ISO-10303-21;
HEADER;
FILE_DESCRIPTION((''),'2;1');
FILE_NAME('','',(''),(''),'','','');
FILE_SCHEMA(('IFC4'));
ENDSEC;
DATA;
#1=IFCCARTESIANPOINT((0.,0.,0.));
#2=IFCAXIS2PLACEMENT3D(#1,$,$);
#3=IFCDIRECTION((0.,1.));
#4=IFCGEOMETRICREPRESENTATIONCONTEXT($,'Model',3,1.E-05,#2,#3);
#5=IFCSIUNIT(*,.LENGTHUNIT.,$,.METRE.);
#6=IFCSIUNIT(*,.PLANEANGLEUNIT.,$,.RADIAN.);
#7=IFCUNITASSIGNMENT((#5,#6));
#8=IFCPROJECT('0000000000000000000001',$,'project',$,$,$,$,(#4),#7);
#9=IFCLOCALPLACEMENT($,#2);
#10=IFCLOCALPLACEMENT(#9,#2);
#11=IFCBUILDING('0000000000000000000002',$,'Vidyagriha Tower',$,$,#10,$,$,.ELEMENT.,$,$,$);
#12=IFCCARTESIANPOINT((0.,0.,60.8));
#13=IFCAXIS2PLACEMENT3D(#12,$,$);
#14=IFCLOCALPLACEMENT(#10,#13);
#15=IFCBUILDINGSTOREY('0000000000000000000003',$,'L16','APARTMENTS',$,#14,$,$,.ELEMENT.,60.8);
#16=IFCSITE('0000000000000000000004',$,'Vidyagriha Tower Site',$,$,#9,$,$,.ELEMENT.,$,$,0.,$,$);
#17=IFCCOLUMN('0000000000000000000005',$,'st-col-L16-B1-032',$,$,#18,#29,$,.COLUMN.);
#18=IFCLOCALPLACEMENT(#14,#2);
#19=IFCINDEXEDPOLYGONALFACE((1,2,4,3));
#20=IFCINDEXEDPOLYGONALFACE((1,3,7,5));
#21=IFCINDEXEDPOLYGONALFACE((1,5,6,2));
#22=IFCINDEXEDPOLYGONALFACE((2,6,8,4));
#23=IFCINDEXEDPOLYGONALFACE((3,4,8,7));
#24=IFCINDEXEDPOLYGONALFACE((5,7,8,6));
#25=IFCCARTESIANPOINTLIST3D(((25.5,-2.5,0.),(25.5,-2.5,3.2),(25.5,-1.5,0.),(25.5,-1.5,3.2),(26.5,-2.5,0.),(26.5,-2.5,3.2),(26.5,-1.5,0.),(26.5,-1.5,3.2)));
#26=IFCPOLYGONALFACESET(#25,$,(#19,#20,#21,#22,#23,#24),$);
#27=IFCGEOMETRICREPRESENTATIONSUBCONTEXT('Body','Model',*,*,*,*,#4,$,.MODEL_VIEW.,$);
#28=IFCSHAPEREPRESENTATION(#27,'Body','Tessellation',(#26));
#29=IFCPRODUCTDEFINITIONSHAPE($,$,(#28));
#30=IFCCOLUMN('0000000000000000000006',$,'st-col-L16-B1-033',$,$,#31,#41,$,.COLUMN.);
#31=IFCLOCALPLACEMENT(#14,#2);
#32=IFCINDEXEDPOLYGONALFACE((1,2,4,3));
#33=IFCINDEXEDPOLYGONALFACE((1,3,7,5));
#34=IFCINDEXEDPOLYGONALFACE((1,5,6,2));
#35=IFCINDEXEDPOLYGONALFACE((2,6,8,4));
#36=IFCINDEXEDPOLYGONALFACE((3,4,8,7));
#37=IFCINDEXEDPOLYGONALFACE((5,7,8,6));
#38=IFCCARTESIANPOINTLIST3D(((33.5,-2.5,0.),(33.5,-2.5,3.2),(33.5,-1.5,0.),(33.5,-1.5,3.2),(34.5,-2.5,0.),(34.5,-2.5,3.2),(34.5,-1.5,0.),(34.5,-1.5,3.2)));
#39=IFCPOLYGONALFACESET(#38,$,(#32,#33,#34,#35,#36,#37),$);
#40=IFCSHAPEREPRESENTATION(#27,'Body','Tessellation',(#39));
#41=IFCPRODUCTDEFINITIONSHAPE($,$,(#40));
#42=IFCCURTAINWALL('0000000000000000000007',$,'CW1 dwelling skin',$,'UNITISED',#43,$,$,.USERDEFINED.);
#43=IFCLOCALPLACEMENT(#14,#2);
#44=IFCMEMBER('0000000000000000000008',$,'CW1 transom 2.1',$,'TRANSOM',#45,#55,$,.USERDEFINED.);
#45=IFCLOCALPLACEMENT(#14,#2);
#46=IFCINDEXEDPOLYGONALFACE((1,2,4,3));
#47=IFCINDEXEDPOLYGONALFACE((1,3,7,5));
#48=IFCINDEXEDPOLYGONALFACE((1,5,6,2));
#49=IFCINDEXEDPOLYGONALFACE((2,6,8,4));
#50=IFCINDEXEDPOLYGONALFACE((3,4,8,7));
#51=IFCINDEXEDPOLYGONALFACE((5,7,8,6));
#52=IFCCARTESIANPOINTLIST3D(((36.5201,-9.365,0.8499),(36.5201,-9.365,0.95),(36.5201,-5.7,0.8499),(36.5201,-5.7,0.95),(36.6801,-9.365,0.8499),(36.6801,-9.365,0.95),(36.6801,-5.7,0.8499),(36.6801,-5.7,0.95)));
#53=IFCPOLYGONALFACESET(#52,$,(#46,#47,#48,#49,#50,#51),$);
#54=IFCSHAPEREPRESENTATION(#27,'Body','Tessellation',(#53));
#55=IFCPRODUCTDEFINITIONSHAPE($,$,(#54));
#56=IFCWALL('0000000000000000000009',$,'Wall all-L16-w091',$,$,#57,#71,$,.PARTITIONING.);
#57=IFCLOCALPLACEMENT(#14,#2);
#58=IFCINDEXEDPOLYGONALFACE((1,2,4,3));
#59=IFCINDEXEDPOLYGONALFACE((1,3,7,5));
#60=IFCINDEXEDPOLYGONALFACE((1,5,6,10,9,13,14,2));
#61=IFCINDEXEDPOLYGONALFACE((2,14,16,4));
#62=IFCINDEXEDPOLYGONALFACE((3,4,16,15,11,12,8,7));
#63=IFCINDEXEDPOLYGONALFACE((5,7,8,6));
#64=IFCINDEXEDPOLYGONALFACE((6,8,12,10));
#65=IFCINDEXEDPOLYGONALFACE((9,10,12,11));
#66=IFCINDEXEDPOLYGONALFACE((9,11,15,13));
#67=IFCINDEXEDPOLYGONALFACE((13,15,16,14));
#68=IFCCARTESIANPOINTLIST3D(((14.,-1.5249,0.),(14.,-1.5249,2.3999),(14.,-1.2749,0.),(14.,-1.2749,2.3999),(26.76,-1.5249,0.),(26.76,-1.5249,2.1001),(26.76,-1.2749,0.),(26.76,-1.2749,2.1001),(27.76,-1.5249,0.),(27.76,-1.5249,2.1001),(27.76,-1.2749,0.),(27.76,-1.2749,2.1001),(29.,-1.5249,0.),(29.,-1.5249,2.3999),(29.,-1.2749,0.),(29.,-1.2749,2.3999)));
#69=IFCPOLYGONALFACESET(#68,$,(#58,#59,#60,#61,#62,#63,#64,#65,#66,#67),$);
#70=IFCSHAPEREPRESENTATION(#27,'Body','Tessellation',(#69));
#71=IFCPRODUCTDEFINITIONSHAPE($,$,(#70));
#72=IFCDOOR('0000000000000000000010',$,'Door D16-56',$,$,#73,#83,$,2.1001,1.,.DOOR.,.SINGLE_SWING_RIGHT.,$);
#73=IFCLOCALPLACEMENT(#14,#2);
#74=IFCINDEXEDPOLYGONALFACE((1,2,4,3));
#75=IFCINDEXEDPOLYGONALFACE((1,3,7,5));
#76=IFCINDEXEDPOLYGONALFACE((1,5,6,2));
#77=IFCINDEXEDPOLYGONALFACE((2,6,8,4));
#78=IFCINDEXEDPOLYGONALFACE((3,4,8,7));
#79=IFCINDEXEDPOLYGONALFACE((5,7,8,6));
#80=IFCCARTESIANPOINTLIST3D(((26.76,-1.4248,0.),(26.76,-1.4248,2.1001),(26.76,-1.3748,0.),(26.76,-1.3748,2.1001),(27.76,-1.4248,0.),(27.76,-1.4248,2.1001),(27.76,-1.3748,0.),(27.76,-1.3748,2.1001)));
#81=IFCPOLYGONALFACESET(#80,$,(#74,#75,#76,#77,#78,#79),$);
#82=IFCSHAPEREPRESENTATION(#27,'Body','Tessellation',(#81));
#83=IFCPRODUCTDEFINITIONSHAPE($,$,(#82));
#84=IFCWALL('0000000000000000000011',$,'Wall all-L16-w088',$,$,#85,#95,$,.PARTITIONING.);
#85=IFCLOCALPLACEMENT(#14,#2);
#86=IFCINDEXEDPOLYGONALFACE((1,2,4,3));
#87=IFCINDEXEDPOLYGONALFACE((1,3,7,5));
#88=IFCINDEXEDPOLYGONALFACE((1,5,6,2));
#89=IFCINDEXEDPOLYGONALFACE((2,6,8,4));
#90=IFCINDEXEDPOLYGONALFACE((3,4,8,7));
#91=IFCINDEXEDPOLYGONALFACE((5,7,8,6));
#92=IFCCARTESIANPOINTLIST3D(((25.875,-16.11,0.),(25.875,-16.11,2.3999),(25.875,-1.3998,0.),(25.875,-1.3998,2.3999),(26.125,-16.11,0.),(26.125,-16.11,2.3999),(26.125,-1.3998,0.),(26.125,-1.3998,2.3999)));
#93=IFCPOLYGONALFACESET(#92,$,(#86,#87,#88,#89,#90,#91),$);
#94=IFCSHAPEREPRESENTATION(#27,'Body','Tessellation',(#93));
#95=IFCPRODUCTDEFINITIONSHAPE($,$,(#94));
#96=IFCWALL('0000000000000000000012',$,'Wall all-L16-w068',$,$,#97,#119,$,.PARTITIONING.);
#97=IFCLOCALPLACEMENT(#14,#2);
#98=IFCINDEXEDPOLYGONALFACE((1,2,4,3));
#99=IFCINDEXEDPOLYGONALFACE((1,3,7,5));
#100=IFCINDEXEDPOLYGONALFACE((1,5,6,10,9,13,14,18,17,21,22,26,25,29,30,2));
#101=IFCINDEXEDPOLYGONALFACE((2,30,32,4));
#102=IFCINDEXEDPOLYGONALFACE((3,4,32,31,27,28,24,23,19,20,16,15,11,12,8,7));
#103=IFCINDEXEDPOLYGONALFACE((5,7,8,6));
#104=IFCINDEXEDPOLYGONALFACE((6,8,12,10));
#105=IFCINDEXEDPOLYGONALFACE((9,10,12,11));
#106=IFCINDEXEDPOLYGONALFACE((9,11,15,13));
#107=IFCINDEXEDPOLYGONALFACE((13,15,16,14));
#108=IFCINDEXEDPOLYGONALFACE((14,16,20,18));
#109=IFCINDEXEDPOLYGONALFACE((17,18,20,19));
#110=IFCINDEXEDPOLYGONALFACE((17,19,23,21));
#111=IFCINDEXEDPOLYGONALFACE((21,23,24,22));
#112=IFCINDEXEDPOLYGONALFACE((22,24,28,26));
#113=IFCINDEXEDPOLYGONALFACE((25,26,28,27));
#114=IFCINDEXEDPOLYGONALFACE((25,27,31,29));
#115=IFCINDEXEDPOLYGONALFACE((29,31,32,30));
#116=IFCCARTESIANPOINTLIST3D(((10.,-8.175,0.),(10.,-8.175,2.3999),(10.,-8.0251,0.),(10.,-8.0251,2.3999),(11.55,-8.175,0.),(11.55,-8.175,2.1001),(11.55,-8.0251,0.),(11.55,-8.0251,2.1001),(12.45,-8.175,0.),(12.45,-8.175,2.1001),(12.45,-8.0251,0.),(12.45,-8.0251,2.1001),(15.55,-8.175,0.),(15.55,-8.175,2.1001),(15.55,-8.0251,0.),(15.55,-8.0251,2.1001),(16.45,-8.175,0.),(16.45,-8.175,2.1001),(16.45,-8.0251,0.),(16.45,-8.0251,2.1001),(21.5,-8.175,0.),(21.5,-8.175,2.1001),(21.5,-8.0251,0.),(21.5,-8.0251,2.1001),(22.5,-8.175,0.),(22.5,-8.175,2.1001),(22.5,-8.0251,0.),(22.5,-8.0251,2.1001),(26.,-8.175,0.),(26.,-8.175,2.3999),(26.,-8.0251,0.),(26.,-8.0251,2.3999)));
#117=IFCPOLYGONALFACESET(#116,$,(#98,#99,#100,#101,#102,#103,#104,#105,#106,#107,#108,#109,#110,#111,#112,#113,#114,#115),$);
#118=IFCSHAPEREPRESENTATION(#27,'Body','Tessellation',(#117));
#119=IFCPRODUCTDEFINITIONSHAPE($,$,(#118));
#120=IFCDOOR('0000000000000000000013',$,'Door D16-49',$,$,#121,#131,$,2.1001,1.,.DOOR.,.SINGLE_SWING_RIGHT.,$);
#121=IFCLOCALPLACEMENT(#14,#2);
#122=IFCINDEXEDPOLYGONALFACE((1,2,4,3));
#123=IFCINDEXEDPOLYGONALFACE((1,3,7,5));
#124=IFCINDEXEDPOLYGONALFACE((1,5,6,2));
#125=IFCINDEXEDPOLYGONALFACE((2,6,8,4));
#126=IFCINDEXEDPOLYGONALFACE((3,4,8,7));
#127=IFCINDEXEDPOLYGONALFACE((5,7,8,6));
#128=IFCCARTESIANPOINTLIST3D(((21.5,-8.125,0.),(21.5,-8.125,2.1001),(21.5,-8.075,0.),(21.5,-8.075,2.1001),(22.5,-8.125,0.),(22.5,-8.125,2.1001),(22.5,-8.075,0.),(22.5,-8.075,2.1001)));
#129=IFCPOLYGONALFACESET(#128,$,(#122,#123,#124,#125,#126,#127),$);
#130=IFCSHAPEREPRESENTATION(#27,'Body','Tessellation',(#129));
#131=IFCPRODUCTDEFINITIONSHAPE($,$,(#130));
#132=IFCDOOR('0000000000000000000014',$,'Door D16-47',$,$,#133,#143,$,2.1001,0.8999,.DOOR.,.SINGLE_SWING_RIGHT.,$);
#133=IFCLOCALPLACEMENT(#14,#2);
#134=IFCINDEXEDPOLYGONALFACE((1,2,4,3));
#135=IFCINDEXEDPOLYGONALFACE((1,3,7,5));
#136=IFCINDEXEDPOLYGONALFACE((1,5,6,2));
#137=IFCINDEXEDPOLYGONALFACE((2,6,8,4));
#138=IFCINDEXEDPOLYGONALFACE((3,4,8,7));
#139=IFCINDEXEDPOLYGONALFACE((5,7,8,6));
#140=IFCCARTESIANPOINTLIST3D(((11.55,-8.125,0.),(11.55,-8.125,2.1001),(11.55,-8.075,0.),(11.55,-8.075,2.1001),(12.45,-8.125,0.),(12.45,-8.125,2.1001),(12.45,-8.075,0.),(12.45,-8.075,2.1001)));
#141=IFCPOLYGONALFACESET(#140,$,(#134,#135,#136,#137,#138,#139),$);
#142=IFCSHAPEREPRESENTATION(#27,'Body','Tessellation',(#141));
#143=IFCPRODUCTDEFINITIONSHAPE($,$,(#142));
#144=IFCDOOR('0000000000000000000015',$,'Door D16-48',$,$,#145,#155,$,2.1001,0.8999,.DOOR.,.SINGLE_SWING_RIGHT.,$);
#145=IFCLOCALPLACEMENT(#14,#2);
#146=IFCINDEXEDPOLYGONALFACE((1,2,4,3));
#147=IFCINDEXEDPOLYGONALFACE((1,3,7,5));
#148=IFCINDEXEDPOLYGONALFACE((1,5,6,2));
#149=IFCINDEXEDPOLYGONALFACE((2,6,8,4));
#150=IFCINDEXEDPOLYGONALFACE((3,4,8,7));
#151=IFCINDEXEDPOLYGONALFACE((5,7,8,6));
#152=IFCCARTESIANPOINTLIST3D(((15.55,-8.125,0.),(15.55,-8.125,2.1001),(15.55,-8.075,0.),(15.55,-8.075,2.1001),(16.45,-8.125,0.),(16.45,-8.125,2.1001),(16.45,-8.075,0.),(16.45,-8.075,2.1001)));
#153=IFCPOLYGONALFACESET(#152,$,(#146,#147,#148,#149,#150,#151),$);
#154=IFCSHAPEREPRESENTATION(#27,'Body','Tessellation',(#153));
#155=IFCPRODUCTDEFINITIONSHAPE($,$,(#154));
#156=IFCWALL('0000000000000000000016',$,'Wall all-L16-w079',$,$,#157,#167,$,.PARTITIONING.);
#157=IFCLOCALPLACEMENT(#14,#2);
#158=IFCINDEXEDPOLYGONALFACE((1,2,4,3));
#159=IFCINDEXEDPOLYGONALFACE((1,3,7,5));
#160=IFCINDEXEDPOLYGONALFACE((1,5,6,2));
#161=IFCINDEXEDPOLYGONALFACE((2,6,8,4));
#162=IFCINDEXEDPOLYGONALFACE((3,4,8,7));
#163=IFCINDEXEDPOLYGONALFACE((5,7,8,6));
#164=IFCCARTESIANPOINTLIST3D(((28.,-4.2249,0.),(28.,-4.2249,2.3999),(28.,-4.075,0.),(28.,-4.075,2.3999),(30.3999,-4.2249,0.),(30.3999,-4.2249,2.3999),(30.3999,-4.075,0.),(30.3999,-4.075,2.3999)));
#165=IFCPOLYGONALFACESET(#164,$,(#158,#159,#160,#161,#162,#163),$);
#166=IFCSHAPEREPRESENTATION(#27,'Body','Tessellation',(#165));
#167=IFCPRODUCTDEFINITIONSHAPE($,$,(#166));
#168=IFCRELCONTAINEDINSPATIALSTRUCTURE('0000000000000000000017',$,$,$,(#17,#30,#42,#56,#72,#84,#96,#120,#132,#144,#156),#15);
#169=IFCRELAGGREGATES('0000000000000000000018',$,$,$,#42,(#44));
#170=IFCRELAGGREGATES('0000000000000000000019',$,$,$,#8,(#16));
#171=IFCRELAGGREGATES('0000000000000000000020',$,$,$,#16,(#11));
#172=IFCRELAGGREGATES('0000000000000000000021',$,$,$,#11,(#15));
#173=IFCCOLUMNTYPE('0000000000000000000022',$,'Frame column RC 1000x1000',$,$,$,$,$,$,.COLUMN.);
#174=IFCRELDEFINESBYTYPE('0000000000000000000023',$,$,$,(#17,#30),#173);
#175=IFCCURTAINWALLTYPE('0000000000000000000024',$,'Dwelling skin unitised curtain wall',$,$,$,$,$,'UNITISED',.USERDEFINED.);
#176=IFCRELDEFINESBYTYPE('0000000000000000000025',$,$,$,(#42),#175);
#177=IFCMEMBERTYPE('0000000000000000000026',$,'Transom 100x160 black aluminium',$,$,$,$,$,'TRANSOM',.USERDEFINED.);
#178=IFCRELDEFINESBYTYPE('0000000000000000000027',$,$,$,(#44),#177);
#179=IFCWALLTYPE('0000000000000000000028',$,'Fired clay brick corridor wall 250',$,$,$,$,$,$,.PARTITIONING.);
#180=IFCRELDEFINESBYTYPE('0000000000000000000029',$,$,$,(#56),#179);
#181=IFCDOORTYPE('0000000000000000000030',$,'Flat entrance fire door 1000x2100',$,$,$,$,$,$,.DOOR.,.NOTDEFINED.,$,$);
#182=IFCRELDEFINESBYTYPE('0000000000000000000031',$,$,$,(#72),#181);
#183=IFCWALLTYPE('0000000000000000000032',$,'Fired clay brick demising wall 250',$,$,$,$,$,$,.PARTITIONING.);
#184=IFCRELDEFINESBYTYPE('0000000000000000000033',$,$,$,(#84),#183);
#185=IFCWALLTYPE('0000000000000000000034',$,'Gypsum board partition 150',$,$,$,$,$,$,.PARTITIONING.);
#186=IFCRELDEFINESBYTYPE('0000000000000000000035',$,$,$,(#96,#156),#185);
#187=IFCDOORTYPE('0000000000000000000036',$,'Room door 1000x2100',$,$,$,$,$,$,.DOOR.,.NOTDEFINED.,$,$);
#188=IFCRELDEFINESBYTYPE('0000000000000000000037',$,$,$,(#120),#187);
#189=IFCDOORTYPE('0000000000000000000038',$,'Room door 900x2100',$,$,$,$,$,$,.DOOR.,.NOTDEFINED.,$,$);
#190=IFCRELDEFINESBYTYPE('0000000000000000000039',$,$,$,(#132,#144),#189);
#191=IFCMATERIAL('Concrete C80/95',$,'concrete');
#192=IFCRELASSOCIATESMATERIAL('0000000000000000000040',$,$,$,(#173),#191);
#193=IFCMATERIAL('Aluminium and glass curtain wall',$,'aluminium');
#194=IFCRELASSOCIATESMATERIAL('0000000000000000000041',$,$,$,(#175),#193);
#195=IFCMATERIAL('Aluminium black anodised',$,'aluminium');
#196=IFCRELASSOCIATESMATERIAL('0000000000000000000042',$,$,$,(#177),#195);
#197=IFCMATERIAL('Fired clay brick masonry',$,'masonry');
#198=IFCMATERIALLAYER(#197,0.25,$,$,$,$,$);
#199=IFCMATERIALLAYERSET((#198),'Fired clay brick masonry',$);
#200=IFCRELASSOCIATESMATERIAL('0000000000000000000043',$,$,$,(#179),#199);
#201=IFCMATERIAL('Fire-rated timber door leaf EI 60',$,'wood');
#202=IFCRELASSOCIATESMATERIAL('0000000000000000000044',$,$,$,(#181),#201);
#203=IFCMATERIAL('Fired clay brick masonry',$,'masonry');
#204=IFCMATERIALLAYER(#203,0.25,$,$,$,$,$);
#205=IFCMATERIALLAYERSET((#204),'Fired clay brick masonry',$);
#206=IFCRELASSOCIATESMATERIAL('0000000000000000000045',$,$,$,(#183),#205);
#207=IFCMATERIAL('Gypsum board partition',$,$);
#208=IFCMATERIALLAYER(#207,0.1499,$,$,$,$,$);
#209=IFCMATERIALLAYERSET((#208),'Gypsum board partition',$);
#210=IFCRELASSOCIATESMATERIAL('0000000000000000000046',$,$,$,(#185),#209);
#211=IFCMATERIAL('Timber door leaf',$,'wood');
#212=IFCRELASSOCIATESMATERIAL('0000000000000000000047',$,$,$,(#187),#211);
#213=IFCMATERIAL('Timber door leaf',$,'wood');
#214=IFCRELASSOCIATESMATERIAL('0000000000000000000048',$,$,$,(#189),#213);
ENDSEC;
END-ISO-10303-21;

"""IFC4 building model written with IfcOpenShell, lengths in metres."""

from ifc_helpers import new_model, si_unit, direction, frame, frame_2d, origin, origin_2d, place, context, subcontext, project, spatial, rectangle, extrude, material, layer, layer_set, material_profile, profile_set, type_object, element, fill, aggregate, save


model = new_model("IFC4")

# Units and contexts
model_context = context("Model", 3, precision=1e-05, world=origin(), true_north=direction((0.0, 1.0)))
body_context = subcontext(model_context, "Body", "Model", "MODEL_VIEW")
ifc_project = project(units=[si_unit("LENGTHUNIT", "METRE"), si_unit("PLANEANGLEUNIT", "RADIAN")], contexts=[model_context])

# Site, building, storey
site_placement = place(None, origin())
site = spatial("IfcSite", under=ifc_project, at=site_placement, Name="Vidyagriha Tower Site", CompositionType="ELEMENT", RefElevation=0.0)
building_placement = place(site_placement, origin())
building = spatial("IfcBuilding", under=site, at=building_placement, Name="Vidyagriha Tower", CompositionType="ELEMENT")
storey_placement = place(building_placement, frame((0.0, 0.0, 60.8)))
storey = spatial("IfcBuildingStorey", under=building, at=storey_placement, Name="L16", Description="APARTMENTS", CompositionType="ELEMENT", Elevation=60.8)

# Columns
ifc_material_1 = material(Name="Concrete C80/95", Category="concrete")
ifc_material_profile_1 = material_profile(ifc_material_1, rectangle(XDim=1.0, YDim=1.0, at=origin_2d()), Name="RC 1000x1000")
ifc_profile_set_1 = profile_set([ifc_material_profile_1], Name="Concrete C80/95")
column_type = type_object("IfcColumnType", Name="Frame column RC 1000x1000", PredefinedType="COLUMN", material=ifc_profile_set_1)
for number, where, name in (
    (1, (26.0, -2.0, 0.0), "st-col-L16-B1-032"),
    (2, (34.0, -2.0, 0.0), "st-col-L16-B1-033"),
):
    element("IfcColumn", number, at=place(storey_placement, frame(where)), inside=storey, type_object=column_type, Name=name, PredefinedType="COLUMN", context=body_context, shape_type="SweptSolid", body=[
        extrude(rectangle(XDim=1.0, YDim=1.0, at=origin_2d()), origin(), (0.0, 0.0, 1.0), 3.2),
    ])

# Curtain wall, member
ifc_material_2 = material(Name="Aluminium and glass curtain wall", Category="aluminium")
curtain_wall_type = type_object("IfcCurtainWallType", Name="Dwelling skin unitised curtain wall", ElementType="UNITISED", PredefinedType="USERDEFINED", material=ifc_material_2)
curtain_wall_placement = place(storey_placement, origin())
curtain_wall = element("IfcCurtainWall", 3, at=curtain_wall_placement, inside=storey, type_object=curtain_wall_type, Name="CW1 dwelling skin", ObjectType="UNITISED", PredefinedType="USERDEFINED")
ifc_material_3 = material(Name="Aluminium black anodised", Category="aluminium")
ifc_material_profile_2 = material_profile(ifc_material_3, rectangle(XDim=0.1599, YDim=0.1001, at=origin_2d()), Name="Transom 100x160 black aluminium")
ifc_profile_set_2 = profile_set([ifc_material_profile_2], Name="Aluminium black anodised")
member_type = type_object("IfcMemberType", Name="Transom 100x160 black aluminium", ElementType="TRANSOM", PredefinedType="USERDEFINED", material=ifc_profile_set_2)
member_placement = place(storey_placement, frame((36.6001, -9.365, 0.8999), z_axis=(0.0, 1.0, 0.0), x_axis=(-1.0, 0.0, 0.0)))
member = element("IfcMember", 4, at=member_placement, type_object=member_type, Name="CW1 transom 2.1", ObjectType="TRANSOM", PredefinedType="USERDEFINED", context=body_context, shape_type="SweptSolid", body=[
    extrude(rectangle(XDim=0.1599, YDim=0.1001, at=origin_2d()), origin(), (0.0, 0.0, 1.0), 3.665),
])
aggregate(curtain_wall, [member])

# Wall, opening, door
ifc_material_4 = material(Name="Fired clay brick masonry", Category="masonry")
ifc_layer_1 = layer(ifc_material_4, 0.25)
ifc_layer_set_1 = layer_set([ifc_layer_1], Name="Fired clay brick masonry")
wall_type_1 = type_object("IfcWallType", Name="Fired clay brick corridor wall 250", PredefinedType="PARTITIONING", material=ifc_layer_set_1)
wall_1_placement = place(storey_placement, frame((29.0, -1.3999, 0.0), z_axis=(0.0, 0.0, 1.0), x_axis=(-1.0, 0.0, 0.0)))
wall_1 = element("IfcWall", 5, at=wall_1_placement, inside=storey, type_object=wall_type_1, Name="Wall all-L16-w091", PredefinedType="PARTITIONING", context=body_context, shape_type="SweptSolid", body=[
    extrude(rectangle(XDim=15.0, YDim=0.25, at=frame_2d((7.5, 0.0))), origin(), (0.0, 0.0, 1.0), 2.3999),
])
opening_1_placement = place(wall_1_placement, frame((1.24, 0.0, 0.0)))
opening_1 = element("IfcOpeningElement", 6, at=opening_1_placement, cuts=wall_1, PredefinedType="OPENING", context=body_context, shape_type="SweptSolid", body=[
    extrude(rectangle(XDim=1.0, YDim=2.1001, at=frame_2d((0.5, 1.05))), frame((0.0, 0.135, 0.0), z_axis=(0.0, -1.0, 0.0), x_axis=(1.0, 0.0, 0.0)), (0.0, 0.0, 1.0), 0.27),
])
ifc_material_5 = material(Name="Fire-rated timber door leaf EI 60", Category="wood")
door_type_1 = type_object("IfcDoorType", Name="Flat entrance fire door 1000x2100", OperationType="NOTDEFINED", PredefinedType="DOOR", material=ifc_material_5)
door_1_placement = place(opening_1_placement, origin())
door_1 = element("IfcDoor", 7, at=door_1_placement, inside=storey, type_object=door_type_1, Name="Door D16-56", OperationType="SINGLE_SWING_RIGHT", OverallHeight=2.1001, OverallWidth=1.0, PredefinedType="DOOR", context=body_context, shape_type="SweptSolid", body=[
    extrude(rectangle(XDim=1.0, YDim=2.1001, at=frame_2d((0.5, 1.05))), frame((0.0, 0.0249, 0.0), z_axis=(0.0, -1.0, 0.0), x_axis=(1.0, 0.0, 0.0)), (0.0, 0.0, 1.0), 0.05),
])
fill(opening_1, door_1)

# Wall
ifc_material_6 = material(Name="Fired clay brick masonry", Category="masonry")
ifc_layer_2 = layer(ifc_material_6, 0.25)
ifc_layer_set_2 = layer_set([ifc_layer_2], Name="Fired clay brick masonry")
wall_type_2 = type_object("IfcWallType", Name="Fired clay brick demising wall 250", PredefinedType="PARTITIONING", material=ifc_layer_set_2)
wall_2_placement = place(storey_placement, frame((26.0, -1.3999, 0.0), z_axis=(0.0, 0.0, 1.0), x_axis=(0.0, -1.0, 0.0)))
element("IfcWall", 8, at=wall_2_placement, inside=storey, type_object=wall_type_2, Name="Wall all-L16-w088", PredefinedType="PARTITIONING", context=body_context, shape_type="SweptSolid", body=[
    extrude(rectangle(XDim=14.7102, YDim=0.25, at=frame_2d((7.355, 0.0))), origin(), (0.0, 0.0, 1.0), 2.3999),
])

# Wall, openings, doors
ifc_material_7 = material(Name="Gypsum board partition")
ifc_layer_3 = layer(ifc_material_7, 0.1499)
ifc_layer_set_3 = layer_set([ifc_layer_3], Name="Gypsum board partition")
wall_type_3 = type_object("IfcWallType", Name="Gypsum board partition 150", PredefinedType="PARTITIONING", material=ifc_layer_set_3)
wall_3_placement = place(storey_placement, frame((26.0, -8.1001, 0.0), z_axis=(0.0, 0.0, 1.0), x_axis=(-1.0, 0.0, 0.0)))
wall_3 = element("IfcWall", 9, at=wall_3_placement, inside=storey, type_object=wall_type_3, Name="Wall all-L16-w068", PredefinedType="PARTITIONING", context=body_context, shape_type="SweptSolid", body=[
    extrude(rectangle(XDim=16.0, YDim=0.1499, at=frame_2d((8.0, 0.0))), origin(), (0.0, 0.0, 1.0), 2.3999),
])
opening_2_placement = place(wall_3_placement, frame((13.55, 0.0, 0.0)))
opening_2 = element("IfcOpeningElement", 10, at=opening_2_placement, cuts=wall_3, PredefinedType="OPENING", context=body_context, shape_type="SweptSolid", body=[
    extrude(rectangle(XDim=0.8999, YDim=2.1001, at=frame_2d((0.45, 1.05))), frame((0.0, 0.085, 0.0), z_axis=(0.0, -1.0, 0.0), x_axis=(1.0, 0.0, 0.0)), (0.0, 0.0, 1.0), 0.1699),
])
opening_3_placement = place(wall_3_placement, frame((9.55, 0.0, 0.0)))
opening_3 = element("IfcOpeningElement", 11, at=opening_3_placement, cuts=wall_3, PredefinedType="OPENING", context=body_context, shape_type="SweptSolid", body=[
    extrude(rectangle(XDim=0.8999, YDim=2.1001, at=frame_2d((0.45, 1.05))), frame((0.0, 0.085, 0.0), z_axis=(0.0, -1.0, 0.0), x_axis=(1.0, 0.0, 0.0)), (0.0, 0.0, 1.0), 0.1699),
])
opening_4_placement = place(wall_3_placement, frame((3.5, 0.0, 0.0)))
opening_4 = element("IfcOpeningElement", 12, at=opening_4_placement, cuts=wall_3, PredefinedType="OPENING", context=body_context, shape_type="SweptSolid", body=[
    extrude(rectangle(XDim=1.0, YDim=2.1001, at=frame_2d((0.5, 1.05))), frame((0.0, 0.085, 0.0), z_axis=(0.0, -1.0, 0.0), x_axis=(1.0, 0.0, 0.0)), (0.0, 0.0, 1.0), 0.1699),
])
ifc_material_8 = material(Name="Timber door leaf", Category="wood")
door_type_2 = type_object("IfcDoorType", Name="Room door 1000x2100", OperationType="NOTDEFINED", PredefinedType="DOOR", material=ifc_material_8)
door_2_placement = place(opening_4_placement, origin())
door_2 = element("IfcDoor", 13, at=door_2_placement, inside=storey, type_object=door_type_2, Name="Door D16-49", OperationType="SINGLE_SWING_RIGHT", OverallHeight=2.1001, OverallWidth=1.0, PredefinedType="DOOR", context=body_context, shape_type="SweptSolid", body=[
    extrude(rectangle(XDim=1.0, YDim=2.1001, at=frame_2d((0.5, 1.05))), frame((0.0, 0.0249, 0.0), z_axis=(0.0, -1.0, 0.0), x_axis=(1.0, 0.0, 0.0)), (0.0, 0.0, 1.0), 0.05),
])
fill(opening_4, door_2)
ifc_material_9 = material(Name="Timber door leaf", Category="wood")
door_type_3 = type_object("IfcDoorType", Name="Room door 900x2100", OperationType="NOTDEFINED", PredefinedType="DOOR", material=ifc_material_9)
door_3_placement = place(opening_2_placement, origin())
door_3 = element("IfcDoor", 14, at=door_3_placement, inside=storey, type_object=door_type_3, Name="Door D16-47", OperationType="SINGLE_SWING_RIGHT", OverallHeight=2.1001, OverallWidth=0.8999, PredefinedType="DOOR", context=body_context, shape_type="SweptSolid", body=[
    extrude(rectangle(XDim=0.8999, YDim=2.1001, at=frame_2d((0.45, 1.05))), frame((0.0, 0.0249, 0.0), z_axis=(0.0, -1.0, 0.0), x_axis=(1.0, 0.0, 0.0)), (0.0, 0.0, 1.0), 0.05),
])
fill(opening_2, door_3)
door_4_placement = place(opening_3_placement, origin())
door_4 = element("IfcDoor", 15, at=door_4_placement, inside=storey, type_object=door_type_3, Name="Door D16-48", OperationType="SINGLE_SWING_RIGHT", OverallHeight=2.1001, OverallWidth=0.8999, PredefinedType="DOOR", context=body_context, shape_type="SweptSolid", body=[
    extrude(rectangle(XDim=0.8999, YDim=2.1001, at=frame_2d((0.45, 1.05))), frame((0.0, 0.0249, 0.0), z_axis=(0.0, -1.0, 0.0), x_axis=(1.0, 0.0, 0.0)), (0.0, 0.0, 1.0), 0.05),
])
fill(opening_3, door_4)

# Wall
wall_4_placement = place(storey_placement, frame((30.3999, -4.1499, 0.0), z_axis=(0.0, 0.0, 1.0), x_axis=(-1.0, 0.0, 0.0)))
element("IfcWall", 16, at=wall_4_placement, inside=storey, type_object=wall_type_3, Name="Wall all-L16-w079", PredefinedType="PARTITIONING", context=body_context, shape_type="SweptSolid", body=[
    extrude(rectangle(XDim=2.3999, YDim=0.1499, at=frame_2d((1.2, 0.0))), origin(), (0.0, 0.0, 1.0), 2.3999),
])

save(model, "model.ifc")
